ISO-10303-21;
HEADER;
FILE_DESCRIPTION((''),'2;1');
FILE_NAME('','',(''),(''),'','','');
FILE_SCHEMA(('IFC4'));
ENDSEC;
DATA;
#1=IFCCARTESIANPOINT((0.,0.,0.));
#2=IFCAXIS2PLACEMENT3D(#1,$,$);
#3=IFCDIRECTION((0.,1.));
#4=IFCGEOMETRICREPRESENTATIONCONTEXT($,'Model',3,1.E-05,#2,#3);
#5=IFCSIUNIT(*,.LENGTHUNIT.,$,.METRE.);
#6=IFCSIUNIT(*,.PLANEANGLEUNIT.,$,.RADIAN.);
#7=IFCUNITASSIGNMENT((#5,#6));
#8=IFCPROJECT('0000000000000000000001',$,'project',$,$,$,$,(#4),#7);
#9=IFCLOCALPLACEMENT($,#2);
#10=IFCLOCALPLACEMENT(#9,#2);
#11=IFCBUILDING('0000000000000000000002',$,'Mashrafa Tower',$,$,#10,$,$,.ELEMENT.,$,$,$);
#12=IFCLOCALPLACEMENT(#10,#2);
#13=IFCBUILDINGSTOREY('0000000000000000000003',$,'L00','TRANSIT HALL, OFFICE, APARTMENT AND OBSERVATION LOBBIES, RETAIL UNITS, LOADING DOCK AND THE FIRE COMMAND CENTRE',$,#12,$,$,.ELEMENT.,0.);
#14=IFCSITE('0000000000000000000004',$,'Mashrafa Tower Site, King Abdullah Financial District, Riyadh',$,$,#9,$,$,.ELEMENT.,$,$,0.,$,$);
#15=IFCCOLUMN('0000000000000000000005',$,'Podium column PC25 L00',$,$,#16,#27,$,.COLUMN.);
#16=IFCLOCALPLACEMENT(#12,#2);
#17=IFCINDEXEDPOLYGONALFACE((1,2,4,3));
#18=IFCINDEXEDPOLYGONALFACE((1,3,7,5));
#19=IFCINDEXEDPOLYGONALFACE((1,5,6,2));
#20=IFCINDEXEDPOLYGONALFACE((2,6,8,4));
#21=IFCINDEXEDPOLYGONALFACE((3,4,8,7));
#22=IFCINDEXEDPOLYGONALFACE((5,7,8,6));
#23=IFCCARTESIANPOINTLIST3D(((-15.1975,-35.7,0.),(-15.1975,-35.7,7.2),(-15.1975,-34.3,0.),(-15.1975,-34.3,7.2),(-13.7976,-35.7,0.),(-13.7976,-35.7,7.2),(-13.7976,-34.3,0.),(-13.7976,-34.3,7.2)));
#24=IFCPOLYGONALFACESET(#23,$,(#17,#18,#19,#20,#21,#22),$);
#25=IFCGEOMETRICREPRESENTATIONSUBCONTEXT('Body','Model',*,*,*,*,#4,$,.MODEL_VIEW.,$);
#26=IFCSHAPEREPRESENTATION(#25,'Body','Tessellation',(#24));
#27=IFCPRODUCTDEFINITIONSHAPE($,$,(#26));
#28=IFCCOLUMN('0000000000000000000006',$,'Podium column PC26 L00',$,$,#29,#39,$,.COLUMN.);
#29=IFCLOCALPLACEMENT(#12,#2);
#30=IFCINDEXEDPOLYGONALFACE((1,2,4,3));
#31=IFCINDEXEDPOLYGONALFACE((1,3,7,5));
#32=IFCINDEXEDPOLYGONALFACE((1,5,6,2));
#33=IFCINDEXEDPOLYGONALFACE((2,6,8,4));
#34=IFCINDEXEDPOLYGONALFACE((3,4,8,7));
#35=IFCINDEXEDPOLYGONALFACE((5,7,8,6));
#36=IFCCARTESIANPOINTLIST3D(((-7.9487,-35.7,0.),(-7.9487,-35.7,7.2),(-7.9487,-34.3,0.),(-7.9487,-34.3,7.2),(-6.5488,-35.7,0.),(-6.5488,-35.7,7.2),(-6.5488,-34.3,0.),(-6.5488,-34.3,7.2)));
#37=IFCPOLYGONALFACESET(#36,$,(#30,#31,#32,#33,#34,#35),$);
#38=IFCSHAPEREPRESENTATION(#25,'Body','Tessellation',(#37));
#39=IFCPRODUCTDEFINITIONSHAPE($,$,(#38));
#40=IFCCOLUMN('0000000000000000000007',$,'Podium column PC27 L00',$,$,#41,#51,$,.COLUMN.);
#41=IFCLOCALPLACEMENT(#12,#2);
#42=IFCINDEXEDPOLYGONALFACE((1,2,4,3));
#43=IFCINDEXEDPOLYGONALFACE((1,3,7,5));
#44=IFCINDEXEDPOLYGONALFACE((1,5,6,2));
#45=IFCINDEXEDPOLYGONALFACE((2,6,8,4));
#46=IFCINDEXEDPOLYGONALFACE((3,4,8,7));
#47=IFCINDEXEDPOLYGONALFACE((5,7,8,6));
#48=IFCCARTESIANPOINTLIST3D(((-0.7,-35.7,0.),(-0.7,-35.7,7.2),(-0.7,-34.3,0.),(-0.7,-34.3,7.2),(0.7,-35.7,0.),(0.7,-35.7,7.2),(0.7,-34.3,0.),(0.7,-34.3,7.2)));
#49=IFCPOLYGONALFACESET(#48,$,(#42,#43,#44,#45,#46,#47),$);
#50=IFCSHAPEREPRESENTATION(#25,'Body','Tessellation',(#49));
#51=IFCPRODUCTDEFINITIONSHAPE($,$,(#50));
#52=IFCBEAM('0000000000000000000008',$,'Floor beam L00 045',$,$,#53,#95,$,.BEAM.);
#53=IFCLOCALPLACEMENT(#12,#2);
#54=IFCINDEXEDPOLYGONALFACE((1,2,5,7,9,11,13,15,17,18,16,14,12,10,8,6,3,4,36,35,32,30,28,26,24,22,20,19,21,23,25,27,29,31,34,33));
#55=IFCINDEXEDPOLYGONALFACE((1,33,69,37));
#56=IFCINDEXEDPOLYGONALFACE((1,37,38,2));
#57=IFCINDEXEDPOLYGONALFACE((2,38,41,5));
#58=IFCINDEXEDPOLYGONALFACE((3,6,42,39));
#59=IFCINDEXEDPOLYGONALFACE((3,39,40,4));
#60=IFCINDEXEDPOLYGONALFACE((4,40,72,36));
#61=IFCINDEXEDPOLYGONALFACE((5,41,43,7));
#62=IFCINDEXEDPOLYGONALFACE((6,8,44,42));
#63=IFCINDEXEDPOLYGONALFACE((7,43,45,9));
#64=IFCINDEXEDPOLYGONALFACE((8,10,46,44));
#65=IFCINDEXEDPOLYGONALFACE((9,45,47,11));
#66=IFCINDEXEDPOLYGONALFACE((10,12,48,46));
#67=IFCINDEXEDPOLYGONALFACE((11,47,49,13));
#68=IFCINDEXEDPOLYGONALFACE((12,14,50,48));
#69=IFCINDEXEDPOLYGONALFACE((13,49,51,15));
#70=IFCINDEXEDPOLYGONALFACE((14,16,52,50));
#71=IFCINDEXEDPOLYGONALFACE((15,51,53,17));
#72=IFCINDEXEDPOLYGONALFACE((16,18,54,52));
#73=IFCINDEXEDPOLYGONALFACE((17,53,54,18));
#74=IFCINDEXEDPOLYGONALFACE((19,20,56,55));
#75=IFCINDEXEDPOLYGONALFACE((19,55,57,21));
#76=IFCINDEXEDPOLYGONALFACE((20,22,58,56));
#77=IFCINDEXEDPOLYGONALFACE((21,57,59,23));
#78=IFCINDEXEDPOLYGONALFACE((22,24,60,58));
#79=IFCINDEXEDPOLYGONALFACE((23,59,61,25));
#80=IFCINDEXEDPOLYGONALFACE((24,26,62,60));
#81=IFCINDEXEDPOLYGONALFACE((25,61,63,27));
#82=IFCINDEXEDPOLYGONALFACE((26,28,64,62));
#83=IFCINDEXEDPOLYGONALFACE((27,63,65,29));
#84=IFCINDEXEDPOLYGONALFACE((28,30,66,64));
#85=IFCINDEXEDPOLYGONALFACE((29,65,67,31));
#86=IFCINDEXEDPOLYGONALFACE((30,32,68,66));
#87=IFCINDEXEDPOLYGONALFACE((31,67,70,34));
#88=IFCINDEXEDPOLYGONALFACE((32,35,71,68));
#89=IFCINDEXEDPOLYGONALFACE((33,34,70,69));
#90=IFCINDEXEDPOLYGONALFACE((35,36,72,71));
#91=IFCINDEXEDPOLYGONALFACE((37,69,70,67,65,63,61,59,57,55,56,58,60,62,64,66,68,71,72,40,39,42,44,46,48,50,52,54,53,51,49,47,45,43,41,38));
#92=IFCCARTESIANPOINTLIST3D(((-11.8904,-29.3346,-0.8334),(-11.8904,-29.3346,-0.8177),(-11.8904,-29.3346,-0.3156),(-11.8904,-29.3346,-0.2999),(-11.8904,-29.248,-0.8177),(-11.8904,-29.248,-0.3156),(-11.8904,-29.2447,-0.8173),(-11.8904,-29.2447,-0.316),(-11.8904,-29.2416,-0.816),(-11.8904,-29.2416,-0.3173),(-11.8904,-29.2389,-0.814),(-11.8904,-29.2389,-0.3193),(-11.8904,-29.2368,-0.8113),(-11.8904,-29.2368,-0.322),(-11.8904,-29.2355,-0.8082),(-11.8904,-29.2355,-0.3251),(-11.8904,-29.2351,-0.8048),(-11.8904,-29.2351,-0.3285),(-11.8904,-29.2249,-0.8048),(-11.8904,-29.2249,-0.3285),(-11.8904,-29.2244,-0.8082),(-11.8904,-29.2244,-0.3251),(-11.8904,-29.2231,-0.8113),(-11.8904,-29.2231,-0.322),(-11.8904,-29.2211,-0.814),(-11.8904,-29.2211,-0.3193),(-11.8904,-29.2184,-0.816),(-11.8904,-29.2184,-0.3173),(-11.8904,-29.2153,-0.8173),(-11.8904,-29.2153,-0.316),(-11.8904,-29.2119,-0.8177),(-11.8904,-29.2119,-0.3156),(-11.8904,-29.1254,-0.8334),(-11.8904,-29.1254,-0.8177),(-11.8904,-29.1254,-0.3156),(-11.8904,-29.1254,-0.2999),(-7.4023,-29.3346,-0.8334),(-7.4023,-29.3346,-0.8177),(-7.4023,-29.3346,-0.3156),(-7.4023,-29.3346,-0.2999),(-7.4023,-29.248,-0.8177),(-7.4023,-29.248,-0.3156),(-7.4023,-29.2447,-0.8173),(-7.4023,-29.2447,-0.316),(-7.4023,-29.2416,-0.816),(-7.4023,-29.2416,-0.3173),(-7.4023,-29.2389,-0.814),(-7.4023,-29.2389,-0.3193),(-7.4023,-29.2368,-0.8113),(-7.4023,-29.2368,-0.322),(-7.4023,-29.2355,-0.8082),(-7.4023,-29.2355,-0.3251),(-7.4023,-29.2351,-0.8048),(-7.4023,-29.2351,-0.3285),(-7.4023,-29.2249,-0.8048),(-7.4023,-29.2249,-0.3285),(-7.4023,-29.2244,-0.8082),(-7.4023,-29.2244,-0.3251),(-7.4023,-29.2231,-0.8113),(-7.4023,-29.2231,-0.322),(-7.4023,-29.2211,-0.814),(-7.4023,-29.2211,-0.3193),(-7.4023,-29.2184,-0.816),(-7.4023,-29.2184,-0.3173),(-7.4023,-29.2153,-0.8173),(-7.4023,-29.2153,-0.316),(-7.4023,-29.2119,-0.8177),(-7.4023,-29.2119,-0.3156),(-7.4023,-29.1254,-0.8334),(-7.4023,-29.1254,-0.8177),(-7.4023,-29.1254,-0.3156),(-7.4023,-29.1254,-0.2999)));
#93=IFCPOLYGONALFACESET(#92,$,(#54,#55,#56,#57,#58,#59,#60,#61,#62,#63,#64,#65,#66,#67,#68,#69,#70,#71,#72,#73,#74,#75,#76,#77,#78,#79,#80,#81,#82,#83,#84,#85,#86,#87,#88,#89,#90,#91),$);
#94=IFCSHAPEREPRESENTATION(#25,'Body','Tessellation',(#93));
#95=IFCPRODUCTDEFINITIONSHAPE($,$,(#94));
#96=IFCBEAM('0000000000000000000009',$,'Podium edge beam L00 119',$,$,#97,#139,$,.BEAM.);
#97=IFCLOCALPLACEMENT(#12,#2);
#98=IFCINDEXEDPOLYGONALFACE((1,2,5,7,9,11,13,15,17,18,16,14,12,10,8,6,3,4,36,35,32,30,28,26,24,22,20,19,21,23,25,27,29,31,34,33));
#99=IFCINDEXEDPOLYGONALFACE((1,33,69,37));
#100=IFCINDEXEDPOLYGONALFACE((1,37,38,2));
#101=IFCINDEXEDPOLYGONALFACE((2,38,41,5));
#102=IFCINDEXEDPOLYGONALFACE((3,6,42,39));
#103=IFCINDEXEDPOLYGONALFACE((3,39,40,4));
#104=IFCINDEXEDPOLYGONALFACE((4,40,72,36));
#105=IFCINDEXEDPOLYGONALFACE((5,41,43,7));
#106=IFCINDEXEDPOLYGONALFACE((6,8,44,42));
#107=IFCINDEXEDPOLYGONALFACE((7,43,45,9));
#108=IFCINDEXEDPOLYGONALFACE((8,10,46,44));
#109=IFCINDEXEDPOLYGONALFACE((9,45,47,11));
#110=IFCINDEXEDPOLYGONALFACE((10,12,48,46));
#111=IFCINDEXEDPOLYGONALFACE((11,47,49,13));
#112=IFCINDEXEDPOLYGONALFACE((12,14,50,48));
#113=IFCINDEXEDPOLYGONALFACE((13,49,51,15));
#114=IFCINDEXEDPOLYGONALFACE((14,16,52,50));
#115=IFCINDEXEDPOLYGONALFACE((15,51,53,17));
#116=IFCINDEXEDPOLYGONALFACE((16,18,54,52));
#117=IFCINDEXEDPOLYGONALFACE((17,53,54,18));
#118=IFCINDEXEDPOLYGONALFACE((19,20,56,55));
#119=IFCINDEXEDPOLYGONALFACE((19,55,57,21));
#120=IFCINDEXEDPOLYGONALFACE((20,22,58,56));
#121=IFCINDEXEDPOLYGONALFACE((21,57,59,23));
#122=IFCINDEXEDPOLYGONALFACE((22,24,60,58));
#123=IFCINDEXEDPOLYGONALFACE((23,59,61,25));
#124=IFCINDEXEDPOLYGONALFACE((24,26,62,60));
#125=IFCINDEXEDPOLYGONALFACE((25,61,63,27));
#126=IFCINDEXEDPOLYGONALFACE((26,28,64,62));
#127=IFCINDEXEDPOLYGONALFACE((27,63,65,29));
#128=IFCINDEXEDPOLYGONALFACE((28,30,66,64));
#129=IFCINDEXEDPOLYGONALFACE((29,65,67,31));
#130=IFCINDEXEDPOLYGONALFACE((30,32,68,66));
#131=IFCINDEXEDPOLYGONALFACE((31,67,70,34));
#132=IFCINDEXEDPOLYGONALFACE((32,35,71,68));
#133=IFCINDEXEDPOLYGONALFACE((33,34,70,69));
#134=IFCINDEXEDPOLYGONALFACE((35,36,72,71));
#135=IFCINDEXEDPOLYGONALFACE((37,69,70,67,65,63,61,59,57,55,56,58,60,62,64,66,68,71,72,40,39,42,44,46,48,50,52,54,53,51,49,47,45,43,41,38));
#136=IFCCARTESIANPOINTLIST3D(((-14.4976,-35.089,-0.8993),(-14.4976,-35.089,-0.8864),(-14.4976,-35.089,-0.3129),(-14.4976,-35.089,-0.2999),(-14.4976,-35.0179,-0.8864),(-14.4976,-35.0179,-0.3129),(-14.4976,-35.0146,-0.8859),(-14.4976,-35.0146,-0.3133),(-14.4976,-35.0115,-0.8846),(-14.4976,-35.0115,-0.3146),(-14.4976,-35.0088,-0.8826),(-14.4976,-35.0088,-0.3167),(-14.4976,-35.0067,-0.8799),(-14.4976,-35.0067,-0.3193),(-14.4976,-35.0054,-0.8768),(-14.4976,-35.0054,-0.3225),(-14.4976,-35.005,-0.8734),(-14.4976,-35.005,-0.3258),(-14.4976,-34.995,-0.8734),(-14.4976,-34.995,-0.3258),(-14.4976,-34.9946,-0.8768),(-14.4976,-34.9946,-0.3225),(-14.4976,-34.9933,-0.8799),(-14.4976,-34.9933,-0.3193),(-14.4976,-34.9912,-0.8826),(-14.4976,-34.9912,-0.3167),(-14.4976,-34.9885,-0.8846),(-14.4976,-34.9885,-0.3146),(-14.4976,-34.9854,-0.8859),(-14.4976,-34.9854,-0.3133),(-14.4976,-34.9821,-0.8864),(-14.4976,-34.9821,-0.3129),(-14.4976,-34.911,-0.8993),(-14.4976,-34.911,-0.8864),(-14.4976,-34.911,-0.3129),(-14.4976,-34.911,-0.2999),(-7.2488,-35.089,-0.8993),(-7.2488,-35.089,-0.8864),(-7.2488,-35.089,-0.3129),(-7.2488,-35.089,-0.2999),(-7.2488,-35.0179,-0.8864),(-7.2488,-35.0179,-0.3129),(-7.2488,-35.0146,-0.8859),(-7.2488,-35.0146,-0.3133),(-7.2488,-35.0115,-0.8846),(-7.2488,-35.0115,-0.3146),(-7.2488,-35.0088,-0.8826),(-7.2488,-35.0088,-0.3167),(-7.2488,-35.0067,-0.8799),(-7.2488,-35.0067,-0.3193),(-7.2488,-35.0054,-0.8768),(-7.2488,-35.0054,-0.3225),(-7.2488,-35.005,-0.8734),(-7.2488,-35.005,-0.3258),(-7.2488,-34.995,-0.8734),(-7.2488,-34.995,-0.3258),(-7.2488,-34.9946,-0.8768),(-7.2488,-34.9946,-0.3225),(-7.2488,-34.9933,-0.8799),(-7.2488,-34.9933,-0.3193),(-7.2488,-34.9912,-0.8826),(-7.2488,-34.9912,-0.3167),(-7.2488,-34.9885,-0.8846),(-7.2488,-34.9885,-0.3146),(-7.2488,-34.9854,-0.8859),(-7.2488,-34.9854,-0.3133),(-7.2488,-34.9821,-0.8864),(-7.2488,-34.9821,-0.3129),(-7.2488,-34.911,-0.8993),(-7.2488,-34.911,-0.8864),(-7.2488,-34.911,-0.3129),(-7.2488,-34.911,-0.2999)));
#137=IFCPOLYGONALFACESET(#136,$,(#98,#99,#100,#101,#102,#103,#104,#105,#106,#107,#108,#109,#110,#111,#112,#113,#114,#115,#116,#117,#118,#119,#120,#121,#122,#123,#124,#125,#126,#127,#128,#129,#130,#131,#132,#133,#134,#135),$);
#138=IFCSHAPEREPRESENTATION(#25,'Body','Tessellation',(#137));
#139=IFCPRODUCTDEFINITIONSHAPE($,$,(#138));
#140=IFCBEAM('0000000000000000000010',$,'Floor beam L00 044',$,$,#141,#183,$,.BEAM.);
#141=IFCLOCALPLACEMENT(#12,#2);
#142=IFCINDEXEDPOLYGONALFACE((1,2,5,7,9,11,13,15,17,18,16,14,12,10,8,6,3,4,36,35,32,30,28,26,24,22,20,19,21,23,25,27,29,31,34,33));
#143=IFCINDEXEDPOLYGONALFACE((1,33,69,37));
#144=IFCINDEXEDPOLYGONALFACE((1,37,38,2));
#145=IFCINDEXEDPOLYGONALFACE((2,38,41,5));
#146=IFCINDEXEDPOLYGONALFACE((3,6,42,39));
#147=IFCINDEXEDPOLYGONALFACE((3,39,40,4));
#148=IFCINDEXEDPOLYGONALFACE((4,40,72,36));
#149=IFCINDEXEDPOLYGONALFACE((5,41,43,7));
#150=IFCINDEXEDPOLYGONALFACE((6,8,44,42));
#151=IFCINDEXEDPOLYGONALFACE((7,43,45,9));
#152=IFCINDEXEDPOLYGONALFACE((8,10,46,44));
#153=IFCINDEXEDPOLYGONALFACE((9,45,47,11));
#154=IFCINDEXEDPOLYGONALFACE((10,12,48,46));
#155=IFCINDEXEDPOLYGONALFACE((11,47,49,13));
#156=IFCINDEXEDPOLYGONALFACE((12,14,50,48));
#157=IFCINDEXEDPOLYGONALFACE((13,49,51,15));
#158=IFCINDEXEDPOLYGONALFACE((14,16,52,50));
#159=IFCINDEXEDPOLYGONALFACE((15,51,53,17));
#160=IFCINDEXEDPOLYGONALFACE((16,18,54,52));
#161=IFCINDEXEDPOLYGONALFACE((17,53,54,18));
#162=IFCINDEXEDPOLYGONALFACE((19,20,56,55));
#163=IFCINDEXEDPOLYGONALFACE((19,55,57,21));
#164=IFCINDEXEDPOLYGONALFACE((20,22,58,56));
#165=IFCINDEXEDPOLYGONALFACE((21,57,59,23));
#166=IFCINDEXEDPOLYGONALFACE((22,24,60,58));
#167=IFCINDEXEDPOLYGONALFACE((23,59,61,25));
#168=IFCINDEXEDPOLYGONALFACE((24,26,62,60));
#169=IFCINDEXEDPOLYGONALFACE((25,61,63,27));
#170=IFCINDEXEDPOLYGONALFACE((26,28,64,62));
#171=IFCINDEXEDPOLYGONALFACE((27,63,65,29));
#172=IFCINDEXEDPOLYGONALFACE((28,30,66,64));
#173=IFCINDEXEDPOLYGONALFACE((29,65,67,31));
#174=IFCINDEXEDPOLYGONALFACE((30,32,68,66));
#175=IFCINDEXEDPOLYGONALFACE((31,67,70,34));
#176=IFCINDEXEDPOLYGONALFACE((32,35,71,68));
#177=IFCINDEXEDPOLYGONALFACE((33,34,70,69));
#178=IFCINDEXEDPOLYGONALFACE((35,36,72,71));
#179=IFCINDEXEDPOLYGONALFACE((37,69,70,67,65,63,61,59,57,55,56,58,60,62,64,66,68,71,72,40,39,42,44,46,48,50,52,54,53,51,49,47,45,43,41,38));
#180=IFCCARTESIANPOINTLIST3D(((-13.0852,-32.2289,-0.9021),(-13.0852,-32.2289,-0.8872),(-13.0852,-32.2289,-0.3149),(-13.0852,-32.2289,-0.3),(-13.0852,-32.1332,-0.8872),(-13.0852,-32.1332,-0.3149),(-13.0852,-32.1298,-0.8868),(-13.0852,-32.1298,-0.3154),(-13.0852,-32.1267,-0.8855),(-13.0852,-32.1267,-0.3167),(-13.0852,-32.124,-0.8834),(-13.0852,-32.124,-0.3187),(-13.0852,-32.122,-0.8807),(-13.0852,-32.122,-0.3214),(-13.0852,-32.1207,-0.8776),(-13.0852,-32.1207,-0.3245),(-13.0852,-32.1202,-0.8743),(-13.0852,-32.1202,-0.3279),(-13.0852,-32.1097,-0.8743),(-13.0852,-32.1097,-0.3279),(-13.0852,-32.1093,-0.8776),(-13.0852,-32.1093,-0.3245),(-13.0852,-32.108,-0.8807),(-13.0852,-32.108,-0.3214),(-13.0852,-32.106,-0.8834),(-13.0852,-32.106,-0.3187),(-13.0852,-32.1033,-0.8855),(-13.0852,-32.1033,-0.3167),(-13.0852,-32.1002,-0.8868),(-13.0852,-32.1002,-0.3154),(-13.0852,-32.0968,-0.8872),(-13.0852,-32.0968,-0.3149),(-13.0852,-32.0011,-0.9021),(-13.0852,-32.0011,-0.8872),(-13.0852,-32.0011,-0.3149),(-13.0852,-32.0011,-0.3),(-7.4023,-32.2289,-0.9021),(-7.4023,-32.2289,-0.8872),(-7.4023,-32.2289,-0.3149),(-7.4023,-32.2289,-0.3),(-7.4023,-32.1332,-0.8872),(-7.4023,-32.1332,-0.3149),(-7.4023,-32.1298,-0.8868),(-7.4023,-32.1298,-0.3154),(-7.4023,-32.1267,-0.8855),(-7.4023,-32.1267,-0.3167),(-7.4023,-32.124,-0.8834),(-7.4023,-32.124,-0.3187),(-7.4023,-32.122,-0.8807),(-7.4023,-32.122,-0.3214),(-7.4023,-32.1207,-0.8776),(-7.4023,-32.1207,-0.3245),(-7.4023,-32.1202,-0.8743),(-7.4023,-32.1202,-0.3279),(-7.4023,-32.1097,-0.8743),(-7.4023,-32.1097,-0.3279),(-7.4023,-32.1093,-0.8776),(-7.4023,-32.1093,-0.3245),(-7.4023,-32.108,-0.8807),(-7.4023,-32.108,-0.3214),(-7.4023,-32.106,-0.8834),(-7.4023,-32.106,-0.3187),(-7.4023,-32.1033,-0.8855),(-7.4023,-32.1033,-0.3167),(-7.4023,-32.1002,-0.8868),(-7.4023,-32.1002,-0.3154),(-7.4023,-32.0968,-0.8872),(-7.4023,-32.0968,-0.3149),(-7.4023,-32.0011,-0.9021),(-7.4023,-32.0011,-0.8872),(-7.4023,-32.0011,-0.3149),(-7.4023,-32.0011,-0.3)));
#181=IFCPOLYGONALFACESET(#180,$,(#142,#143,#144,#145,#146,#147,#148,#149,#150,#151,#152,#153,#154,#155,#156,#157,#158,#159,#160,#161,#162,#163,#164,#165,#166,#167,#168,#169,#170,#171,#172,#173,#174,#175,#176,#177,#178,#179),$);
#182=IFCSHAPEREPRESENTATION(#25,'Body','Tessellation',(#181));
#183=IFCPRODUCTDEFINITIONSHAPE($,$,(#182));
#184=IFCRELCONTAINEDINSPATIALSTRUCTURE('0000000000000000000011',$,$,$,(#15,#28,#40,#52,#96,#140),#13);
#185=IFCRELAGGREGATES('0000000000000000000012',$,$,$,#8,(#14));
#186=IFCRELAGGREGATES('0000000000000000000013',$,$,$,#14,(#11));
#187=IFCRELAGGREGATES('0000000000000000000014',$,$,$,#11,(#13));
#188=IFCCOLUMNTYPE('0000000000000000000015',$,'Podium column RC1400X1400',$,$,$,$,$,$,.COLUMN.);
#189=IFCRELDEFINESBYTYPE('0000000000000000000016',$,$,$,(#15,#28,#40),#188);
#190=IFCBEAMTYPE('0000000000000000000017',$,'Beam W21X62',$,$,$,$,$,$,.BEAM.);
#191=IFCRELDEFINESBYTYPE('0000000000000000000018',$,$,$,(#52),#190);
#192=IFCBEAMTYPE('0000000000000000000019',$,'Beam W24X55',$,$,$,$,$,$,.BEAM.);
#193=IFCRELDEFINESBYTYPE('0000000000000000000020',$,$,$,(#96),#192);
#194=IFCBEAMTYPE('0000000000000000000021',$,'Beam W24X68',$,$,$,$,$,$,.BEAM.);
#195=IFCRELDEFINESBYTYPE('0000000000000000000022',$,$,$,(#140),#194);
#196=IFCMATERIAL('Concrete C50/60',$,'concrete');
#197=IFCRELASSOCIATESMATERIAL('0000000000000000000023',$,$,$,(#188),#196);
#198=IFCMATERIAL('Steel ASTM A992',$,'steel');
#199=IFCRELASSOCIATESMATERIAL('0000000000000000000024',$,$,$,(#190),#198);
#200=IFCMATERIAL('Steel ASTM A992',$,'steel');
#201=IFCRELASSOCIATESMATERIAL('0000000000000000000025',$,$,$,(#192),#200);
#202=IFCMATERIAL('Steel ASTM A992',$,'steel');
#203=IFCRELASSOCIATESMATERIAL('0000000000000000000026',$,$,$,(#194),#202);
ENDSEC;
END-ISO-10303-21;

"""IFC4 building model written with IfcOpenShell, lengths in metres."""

from ifc_helpers import new_model, si_unit, direction, frame, origin, origin_2d, place, context, subcontext, project, spatial, rectangle, i_section, extrude, material, material_profile, profile_set, type_object, element, save


model = new_model("IFC4")

# Units and contexts
model_context = context("Model", 3, precision=1e-05, world=origin(), true_north=direction((0.0, 1.0)))
body_context = subcontext(model_context, "Body", "Model", "MODEL_VIEW")
ifc_project = project(units=[si_unit("LENGTHUNIT", "METRE"), si_unit("PLANEANGLEUNIT", "RADIAN")], contexts=[model_context])

# Site, building, storey
site_placement = place(None, origin())
site = spatial("IfcSite", under=ifc_project, at=site_placement, Name="Mashrafa Tower Site, King Abdullah Financial District, Riyadh", CompositionType="ELEMENT", RefElevation=0.0)
building_placement = place(site_placement, origin())
building = spatial("IfcBuilding", under=site, at=building_placement, Name="Mashrafa Tower", CompositionType="ELEMENT")
storey_placement = place(building_placement, origin())
storey = spatial("IfcBuildingStorey", under=building, at=storey_placement, Name="L00", Description="TRANSIT HALL, OFFICE, APARTMENT AND OBSERVATION LOBBIES, RETAIL UNITS, LOADING DOCK AND THE FIRE COMMAND CENTRE", CompositionType="ELEMENT", Elevation=0.0)

# Columns
ifc_material_1 = material(Name="Concrete C50/60", Category="concrete")
ifc_material_profile_1 = material_profile(ifc_material_1, rectangle(XDim=1.3999, YDim=1.3999, at=origin_2d()), Name="RC1400X1400")
ifc_profile_set_1 = profile_set([ifc_material_profile_1], Name="Concrete C50/60")
column_type = type_object("IfcColumnType", Name="Podium column RC1400X1400", PredefinedType="COLUMN", material=ifc_profile_set_1)
for number, where, z_axis, x_axis, name in (
    (1, (-14.4976, -35.0, 0.0), (0.0, 0.0, 1.0), (1.0, 0.0, 0.0), "Podium column PC25 L00"),
    (2, (-7.2488, -35.0, 0.0), (0.0, 0.0, 1.0), (1.0, 0.0, 0.0), "Podium column PC26 L00"),
    (3, (0.0, -35.0, 0.0), (0.0, 0.0, 1.0), (1.0, 0.0, 0.0), "Podium column PC27 L00"),
):
    element("IfcColumn", number, at=place(storey_placement, frame(where, z_axis=z_axis, x_axis=x_axis)), inside=storey, type_object=column_type, Name=name, PredefinedType="COLUMN", context=body_context, shape_type="SweptSolid", body=[
        extrude(rectangle(XDim=1.3999, YDim=1.3999, at=origin_2d()), origin(), (0.0, 0.0, 1.0), 7.2),
    ])

# Beams
ifc_material_2 = material(Name="Steel ASTM A992", Category="steel")
ifc_material_profile_2 = material_profile(ifc_material_2, i_section(OverallWidth=0.2092, OverallDepth=0.5334, WebThickness=0.0103, FlangeThickness=0.0156, FilletRadius=0.0129, at=origin_2d()), Name="W21X62")
ifc_profile_set_2 = profile_set([ifc_material_profile_2], Name="Steel ASTM A992")
beam_type_1 = type_object("IfcBeamType", Name="Beam W21X62", PredefinedType="BEAM", material=ifc_profile_set_2)
beam_1_placement = place(storey_placement, frame((-7.4023, -29.23, -0.5667), z_axis=(-1.0, 0.0, 0.0), x_axis=(0.0, -1.0, 0.0)))
element("IfcBeam", 4, at=beam_1_placement, inside=storey, type_object=beam_type_1, Name="Floor beam L00 045", PredefinedType="BEAM", context=body_context, shape_type="SweptSolid", body=[
    extrude(i_section(OverallWidth=0.2092, OverallDepth=0.5334, WebThickness=0.0103, FlangeThickness=0.0156, FilletRadius=0.0129, at=origin_2d()), origin(), (0.0, 0.0, 1.0), 4.488),
])
ifc_material_3 = material(Name="Steel ASTM A992", Category="steel")
ifc_material_profile_3 = material_profile(ifc_material_3, i_section(OverallWidth=0.178, OverallDepth=0.5994, WebThickness=0.01, FlangeThickness=0.0129, FilletRadius=0.0129, at=origin_2d()), Name="W24X55")
ifc_profile_set_3 = profile_set([ifc_material_profile_3], Name="Steel ASTM A992")
beam_type_2 = type_object("IfcBeamType", Name="Beam W24X55", PredefinedType="BEAM", material=ifc_profile_set_3)
beam_2_placement = place(storey_placement, frame((-14.4976, -35.0, -0.5996), z_axis=(1.0, 0.0, 0.0), x_axis=(0.0, 1.0, 0.0)))
element("IfcBeam", 5, at=beam_2_placement, inside=storey, type_object=beam_type_2, Name="Podium edge beam L00 119", PredefinedType="BEAM", context=body_context, shape_type="SweptSolid", body=[
    extrude(i_section(OverallWidth=0.178, OverallDepth=0.5994, WebThickness=0.01, FlangeThickness=0.0129, FilletRadius=0.0129, at=origin_2d()), origin(), (0.0, 0.0, 1.0), 7.2488),
])
ifc_material_4 = material(Name="Steel ASTM A992", Category="steel")
ifc_material_profile_4 = material_profile(ifc_material_4, i_section(OverallWidth=0.2278, OverallDepth=0.6021, WebThickness=0.0105, FlangeThickness=0.0149, FilletRadius=0.0129, at=origin_2d()), Name="W24X68")
ifc_profile_set_4 = profile_set([ifc_material_profile_4], Name="Steel ASTM A992")
beam_type_3 = type_object("IfcBeamType", Name="Beam W24X68", PredefinedType="BEAM", material=ifc_profile_set_4)
beam_3_placement = place(storey_placement, frame((-7.4023, -32.115, -0.6011), z_axis=(-1.0, 0.0, 0.0), x_axis=(0.0, -1.0, 0.0)))
element("IfcBeam", 6, at=beam_3_placement, inside=storey, type_object=beam_type_3, Name="Floor beam L00 044", PredefinedType="BEAM", context=body_context, shape_type="SweptSolid", body=[
    extrude(i_section(OverallWidth=0.2278, OverallDepth=0.6021, WebThickness=0.0105, FlangeThickness=0.0149, FilletRadius=0.0129, at=origin_2d()), origin(), (0.0, 0.0, 1.0), 5.6829),
])

save(model, "model.ifc")
